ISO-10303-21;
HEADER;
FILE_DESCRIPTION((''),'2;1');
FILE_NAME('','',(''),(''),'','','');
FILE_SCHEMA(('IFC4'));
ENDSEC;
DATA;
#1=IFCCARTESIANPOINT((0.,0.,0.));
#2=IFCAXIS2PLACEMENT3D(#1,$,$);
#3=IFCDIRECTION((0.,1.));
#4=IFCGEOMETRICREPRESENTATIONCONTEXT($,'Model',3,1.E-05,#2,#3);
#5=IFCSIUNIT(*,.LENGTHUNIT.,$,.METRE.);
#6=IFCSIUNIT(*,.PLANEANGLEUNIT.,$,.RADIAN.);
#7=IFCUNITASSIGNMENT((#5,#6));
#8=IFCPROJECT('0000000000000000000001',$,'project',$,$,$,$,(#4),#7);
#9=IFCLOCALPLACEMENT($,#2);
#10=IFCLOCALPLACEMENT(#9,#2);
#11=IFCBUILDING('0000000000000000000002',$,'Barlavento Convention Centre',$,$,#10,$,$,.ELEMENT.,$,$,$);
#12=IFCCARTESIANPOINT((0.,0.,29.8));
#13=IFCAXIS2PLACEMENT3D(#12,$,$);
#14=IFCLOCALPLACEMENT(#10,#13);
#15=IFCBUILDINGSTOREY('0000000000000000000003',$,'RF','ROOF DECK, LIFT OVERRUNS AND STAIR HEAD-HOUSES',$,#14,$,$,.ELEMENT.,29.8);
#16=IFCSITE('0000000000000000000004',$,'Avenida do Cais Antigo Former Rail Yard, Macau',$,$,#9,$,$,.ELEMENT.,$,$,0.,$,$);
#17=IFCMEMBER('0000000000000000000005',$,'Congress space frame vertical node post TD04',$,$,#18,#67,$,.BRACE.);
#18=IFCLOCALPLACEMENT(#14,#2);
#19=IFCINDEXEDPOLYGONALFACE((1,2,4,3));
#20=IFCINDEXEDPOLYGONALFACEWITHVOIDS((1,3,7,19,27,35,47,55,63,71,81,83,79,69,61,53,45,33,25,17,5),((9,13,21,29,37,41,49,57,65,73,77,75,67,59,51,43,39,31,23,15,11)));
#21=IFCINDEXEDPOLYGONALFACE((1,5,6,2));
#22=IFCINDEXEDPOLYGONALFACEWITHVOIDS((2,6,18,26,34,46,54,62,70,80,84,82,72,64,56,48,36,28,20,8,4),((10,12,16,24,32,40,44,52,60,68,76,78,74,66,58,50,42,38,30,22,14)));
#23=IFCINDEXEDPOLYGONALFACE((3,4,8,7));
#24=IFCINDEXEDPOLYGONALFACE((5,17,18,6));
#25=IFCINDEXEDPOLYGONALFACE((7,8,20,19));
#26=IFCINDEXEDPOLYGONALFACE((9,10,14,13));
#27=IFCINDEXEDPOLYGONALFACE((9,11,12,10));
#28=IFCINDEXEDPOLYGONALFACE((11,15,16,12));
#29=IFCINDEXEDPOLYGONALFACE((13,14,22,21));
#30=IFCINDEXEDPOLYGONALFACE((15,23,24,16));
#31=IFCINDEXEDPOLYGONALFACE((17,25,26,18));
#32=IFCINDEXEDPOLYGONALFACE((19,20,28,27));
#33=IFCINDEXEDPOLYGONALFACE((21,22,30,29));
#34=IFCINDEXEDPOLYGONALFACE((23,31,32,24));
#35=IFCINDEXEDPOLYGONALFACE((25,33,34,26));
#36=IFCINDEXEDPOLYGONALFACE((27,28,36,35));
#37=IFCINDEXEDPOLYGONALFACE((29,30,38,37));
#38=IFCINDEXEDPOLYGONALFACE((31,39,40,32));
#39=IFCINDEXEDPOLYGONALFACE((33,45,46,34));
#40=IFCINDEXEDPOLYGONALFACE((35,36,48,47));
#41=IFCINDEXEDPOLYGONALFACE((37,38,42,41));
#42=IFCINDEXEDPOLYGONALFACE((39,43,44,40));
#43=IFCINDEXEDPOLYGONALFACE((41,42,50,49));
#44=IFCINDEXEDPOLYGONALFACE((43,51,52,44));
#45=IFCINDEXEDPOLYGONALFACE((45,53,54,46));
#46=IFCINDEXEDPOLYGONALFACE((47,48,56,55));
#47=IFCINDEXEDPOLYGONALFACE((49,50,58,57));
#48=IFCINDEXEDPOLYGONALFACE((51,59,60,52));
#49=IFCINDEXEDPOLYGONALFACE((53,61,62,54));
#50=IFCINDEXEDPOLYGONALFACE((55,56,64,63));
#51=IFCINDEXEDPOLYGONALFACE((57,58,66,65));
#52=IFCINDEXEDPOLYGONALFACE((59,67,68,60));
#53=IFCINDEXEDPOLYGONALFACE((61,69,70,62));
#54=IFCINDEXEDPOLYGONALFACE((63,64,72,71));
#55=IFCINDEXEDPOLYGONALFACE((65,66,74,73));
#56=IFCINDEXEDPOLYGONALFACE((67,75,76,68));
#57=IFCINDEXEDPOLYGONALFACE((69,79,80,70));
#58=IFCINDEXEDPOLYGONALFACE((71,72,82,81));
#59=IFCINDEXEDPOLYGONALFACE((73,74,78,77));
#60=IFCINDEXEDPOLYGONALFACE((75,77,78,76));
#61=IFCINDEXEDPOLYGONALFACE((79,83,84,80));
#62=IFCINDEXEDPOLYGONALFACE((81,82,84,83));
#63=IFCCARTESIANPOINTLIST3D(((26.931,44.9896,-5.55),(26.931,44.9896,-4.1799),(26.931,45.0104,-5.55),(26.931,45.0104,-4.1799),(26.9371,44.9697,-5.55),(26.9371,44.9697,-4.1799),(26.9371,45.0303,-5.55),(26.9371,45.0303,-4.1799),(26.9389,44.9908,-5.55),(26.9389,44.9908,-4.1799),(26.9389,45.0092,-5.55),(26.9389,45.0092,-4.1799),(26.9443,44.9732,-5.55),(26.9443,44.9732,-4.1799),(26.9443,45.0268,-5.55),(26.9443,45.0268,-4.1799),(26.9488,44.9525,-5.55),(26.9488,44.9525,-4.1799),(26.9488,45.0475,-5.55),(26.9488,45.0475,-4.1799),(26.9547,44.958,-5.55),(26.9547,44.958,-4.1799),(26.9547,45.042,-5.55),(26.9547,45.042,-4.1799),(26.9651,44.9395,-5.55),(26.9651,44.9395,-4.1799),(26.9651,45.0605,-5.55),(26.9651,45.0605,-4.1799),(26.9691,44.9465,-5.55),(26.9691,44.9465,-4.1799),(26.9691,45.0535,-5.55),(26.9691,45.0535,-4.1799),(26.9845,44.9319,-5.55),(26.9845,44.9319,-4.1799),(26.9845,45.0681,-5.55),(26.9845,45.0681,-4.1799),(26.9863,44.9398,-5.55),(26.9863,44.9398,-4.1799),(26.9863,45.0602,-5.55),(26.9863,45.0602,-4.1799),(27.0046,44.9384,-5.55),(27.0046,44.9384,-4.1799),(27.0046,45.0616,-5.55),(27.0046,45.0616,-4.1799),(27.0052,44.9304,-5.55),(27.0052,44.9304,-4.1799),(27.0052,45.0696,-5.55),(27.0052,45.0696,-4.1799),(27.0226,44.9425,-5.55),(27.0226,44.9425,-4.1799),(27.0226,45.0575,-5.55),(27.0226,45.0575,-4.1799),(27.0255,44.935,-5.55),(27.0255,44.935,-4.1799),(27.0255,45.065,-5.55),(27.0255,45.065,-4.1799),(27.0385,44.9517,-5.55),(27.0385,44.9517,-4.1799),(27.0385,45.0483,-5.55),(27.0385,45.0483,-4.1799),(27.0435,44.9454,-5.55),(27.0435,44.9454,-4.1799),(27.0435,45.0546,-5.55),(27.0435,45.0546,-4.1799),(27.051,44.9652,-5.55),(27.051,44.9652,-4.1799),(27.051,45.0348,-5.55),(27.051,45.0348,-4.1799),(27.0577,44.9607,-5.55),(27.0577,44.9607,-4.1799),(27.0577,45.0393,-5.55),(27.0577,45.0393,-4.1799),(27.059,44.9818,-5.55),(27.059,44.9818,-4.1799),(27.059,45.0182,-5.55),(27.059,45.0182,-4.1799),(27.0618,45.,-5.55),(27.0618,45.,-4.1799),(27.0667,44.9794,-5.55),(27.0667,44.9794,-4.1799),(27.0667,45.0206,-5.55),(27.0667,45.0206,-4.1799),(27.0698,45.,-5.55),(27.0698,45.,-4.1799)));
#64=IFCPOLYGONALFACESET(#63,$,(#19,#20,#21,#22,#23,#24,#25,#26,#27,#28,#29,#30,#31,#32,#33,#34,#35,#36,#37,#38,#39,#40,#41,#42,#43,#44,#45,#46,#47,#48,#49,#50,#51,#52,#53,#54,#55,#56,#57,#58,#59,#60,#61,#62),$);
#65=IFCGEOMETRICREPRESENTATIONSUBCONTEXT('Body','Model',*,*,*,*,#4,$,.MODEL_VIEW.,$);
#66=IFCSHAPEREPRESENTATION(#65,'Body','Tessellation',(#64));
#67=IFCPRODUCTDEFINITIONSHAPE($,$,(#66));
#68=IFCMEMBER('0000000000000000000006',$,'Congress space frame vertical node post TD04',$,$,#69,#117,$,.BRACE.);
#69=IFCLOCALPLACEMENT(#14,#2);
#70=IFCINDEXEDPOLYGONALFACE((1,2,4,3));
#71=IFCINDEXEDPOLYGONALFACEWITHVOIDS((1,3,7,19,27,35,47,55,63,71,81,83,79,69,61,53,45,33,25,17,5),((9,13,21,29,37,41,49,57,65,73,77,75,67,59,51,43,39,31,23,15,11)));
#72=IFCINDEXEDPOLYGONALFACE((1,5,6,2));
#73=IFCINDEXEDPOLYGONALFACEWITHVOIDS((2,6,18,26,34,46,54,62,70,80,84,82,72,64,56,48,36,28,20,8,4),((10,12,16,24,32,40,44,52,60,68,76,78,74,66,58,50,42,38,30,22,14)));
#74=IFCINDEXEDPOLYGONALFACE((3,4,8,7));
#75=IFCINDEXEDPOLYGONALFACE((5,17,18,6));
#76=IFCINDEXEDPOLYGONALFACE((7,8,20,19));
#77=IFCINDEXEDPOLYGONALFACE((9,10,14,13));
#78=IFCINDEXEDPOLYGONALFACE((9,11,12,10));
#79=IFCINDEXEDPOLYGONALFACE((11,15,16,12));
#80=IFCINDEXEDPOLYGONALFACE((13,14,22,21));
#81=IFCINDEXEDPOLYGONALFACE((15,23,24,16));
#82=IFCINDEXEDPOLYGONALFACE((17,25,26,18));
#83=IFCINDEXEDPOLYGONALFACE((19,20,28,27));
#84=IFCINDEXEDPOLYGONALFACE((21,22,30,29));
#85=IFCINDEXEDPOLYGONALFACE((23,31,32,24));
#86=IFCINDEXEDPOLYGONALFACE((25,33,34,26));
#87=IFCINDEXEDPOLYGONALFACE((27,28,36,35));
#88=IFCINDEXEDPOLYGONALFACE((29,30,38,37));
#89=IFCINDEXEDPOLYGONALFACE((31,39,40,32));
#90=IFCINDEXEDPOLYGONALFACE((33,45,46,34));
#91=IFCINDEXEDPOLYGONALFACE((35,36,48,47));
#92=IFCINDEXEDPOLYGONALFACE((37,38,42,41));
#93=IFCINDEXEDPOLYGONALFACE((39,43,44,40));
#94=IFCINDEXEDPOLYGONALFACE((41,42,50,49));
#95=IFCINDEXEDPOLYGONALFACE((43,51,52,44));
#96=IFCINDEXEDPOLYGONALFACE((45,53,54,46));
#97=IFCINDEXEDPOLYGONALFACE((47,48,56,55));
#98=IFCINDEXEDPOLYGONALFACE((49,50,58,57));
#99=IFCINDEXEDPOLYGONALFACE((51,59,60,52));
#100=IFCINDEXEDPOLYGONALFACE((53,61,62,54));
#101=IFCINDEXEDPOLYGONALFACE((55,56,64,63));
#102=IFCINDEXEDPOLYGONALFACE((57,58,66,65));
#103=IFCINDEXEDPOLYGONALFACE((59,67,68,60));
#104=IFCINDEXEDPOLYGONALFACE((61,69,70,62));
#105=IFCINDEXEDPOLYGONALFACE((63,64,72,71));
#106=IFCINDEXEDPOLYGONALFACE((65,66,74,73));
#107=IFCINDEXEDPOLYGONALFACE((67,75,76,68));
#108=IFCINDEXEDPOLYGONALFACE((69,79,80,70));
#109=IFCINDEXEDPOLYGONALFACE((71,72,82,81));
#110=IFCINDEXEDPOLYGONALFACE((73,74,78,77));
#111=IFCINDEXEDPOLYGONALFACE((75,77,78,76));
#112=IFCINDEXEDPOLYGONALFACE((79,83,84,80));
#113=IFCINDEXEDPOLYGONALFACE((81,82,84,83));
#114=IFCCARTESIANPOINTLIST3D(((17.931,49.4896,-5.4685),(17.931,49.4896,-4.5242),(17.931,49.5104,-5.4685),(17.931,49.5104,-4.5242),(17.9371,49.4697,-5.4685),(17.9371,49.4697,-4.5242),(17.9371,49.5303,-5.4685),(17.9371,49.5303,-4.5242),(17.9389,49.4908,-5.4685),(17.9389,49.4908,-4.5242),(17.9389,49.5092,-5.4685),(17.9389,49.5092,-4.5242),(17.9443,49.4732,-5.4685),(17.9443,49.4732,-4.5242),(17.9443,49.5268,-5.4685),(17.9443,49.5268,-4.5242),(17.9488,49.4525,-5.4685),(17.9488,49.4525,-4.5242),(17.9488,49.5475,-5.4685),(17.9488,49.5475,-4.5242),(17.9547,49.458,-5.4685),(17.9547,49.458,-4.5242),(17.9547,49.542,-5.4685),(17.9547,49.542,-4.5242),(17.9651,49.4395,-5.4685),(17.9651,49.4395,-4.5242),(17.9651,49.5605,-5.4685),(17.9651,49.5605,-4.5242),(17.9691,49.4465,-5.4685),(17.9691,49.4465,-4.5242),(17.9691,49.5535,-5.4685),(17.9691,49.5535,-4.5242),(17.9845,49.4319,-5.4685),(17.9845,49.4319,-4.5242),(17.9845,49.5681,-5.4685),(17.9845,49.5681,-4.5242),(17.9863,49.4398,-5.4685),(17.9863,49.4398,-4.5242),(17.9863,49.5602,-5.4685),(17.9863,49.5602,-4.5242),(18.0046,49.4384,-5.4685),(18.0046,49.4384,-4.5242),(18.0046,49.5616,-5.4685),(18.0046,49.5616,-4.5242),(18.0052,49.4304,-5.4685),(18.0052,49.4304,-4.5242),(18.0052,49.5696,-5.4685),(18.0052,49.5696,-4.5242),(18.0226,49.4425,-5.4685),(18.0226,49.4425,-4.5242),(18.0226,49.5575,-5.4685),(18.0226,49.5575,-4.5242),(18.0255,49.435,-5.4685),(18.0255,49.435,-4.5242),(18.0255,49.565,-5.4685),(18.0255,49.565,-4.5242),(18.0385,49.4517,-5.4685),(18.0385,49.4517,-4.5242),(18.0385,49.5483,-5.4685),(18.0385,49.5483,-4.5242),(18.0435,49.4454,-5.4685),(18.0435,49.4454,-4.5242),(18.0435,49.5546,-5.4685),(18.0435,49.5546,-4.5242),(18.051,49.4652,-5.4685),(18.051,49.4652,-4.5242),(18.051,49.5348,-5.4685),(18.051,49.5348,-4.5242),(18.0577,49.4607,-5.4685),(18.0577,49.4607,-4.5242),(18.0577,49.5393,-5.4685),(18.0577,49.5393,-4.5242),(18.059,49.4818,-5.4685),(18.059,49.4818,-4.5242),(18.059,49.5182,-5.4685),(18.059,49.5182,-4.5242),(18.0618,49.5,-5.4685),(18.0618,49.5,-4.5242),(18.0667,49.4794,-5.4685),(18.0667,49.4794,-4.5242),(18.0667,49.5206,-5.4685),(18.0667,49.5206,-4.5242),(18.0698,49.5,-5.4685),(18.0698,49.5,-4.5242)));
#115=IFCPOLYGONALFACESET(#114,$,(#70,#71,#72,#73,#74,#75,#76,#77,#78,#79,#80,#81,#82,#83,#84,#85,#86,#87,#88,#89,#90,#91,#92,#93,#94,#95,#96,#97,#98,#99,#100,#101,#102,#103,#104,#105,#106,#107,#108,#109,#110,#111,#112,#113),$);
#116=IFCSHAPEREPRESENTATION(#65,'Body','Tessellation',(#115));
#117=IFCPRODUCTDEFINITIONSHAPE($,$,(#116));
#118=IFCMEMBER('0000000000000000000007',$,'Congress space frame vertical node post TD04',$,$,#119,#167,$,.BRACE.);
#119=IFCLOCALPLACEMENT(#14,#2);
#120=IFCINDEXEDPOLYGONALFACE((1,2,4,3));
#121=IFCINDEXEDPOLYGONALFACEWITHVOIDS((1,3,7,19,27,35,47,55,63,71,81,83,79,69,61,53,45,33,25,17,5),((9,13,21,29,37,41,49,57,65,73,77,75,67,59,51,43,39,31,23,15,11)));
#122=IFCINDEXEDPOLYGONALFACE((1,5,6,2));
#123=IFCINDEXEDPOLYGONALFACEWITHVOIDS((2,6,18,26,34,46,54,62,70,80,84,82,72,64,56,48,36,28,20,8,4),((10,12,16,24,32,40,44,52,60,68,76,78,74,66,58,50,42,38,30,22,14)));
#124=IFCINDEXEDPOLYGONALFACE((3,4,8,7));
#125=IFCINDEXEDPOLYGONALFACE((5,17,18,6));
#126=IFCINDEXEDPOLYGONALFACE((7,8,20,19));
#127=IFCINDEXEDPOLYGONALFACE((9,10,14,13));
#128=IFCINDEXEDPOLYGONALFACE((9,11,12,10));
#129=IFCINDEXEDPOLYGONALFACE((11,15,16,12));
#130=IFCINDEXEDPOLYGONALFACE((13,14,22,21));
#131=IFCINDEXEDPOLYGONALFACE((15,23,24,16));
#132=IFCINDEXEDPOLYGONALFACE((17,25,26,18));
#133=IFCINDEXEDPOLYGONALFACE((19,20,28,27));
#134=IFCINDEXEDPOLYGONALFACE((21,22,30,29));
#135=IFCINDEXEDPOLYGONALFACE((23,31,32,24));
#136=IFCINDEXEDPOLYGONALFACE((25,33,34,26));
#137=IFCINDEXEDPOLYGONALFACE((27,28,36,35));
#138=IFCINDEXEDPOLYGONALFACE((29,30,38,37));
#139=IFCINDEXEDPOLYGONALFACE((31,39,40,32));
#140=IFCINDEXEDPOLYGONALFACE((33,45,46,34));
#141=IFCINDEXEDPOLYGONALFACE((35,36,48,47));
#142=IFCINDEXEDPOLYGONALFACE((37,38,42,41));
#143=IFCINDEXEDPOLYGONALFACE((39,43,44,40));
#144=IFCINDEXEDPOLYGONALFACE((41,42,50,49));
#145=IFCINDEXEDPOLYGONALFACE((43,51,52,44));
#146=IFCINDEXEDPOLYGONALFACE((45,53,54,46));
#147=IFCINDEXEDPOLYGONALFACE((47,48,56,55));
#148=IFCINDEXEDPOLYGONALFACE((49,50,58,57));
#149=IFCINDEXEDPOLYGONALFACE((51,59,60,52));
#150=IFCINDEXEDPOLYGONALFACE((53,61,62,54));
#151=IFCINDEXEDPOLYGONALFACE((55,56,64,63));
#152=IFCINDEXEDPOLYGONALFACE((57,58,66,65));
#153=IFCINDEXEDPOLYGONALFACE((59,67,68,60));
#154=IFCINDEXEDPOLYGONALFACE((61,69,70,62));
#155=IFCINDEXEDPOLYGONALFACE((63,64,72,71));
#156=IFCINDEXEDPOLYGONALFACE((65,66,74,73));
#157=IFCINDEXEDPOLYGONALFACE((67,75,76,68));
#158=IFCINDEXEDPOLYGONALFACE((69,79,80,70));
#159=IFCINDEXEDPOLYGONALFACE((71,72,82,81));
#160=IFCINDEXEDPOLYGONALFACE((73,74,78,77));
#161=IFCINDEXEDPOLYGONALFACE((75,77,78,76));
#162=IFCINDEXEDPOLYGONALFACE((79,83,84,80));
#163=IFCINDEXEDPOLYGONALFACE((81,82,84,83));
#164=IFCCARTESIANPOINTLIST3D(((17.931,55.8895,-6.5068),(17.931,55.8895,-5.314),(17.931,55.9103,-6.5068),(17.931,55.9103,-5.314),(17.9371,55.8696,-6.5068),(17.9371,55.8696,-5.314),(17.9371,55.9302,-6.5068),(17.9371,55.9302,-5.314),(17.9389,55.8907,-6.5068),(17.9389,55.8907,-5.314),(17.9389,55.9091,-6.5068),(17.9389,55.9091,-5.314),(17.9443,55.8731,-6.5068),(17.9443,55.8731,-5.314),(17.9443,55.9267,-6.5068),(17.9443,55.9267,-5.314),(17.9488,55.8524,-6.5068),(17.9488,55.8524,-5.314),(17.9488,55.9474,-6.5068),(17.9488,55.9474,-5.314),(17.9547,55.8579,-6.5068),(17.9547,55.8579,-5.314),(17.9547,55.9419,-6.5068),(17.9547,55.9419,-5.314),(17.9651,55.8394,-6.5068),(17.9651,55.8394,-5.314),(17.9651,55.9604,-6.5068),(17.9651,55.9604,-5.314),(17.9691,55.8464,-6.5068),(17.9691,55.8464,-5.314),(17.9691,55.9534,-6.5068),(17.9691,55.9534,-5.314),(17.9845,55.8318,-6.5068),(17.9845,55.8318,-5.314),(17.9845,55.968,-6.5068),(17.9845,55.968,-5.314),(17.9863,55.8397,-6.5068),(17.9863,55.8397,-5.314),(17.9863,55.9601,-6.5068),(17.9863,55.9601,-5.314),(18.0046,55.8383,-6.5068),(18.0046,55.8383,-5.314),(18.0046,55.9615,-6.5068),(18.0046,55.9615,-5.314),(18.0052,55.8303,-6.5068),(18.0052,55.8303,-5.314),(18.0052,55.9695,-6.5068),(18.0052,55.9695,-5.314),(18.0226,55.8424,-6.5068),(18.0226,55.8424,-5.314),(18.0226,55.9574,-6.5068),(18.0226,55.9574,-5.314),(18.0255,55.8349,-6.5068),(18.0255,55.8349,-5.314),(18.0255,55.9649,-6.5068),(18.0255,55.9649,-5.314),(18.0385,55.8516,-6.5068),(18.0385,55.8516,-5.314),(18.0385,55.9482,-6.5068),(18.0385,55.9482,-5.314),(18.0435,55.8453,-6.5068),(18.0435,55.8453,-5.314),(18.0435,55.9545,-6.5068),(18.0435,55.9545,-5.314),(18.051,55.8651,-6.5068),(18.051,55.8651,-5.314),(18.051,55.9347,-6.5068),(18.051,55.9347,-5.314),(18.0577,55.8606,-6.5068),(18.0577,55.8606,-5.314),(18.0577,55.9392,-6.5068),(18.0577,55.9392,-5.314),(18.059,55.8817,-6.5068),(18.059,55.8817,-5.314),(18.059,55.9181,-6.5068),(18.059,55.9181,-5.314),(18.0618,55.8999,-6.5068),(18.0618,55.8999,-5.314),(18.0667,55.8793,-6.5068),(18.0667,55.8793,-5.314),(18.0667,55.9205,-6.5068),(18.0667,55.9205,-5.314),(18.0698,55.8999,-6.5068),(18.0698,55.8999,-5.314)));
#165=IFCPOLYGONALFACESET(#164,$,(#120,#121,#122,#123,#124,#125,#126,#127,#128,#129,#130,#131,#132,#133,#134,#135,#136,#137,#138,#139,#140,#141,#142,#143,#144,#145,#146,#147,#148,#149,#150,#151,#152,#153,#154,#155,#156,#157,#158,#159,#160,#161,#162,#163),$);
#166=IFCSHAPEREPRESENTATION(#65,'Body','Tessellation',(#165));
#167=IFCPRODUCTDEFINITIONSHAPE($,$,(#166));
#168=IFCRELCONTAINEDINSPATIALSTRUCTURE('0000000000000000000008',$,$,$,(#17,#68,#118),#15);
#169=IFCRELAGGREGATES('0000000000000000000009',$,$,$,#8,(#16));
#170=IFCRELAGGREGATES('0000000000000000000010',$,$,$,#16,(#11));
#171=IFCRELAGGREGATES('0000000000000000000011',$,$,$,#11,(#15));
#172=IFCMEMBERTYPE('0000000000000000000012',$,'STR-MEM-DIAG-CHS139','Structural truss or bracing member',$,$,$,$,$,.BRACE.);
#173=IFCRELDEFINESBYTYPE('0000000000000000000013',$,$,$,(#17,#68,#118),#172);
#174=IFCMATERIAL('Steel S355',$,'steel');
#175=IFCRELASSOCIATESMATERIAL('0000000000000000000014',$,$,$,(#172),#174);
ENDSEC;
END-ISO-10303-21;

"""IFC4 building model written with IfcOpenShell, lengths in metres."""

from ifc_helpers import new_model, si_unit, direction, frame, origin, origin_2d, place, context, subcontext, project, spatial, hollow_circle, extrude, material, material_profile, profile_set, type_object, element, save


model = new_model("IFC4")

# Units and contexts
model_context = context("Model", 3, precision=1e-05, world=origin(), true_north=direction((0.0, 1.0)))
body_context = subcontext(model_context, "Body", "Model", "MODEL_VIEW")
ifc_project = project(units=[si_unit("LENGTHUNIT", "METRE"), si_unit("PLANEANGLEUNIT", "RADIAN")], contexts=[model_context])

# Site, building, storey
site_placement = place(None, origin())
site = spatial("IfcSite", under=ifc_project, at=site_placement, Name="Avenida do Cais Antigo Former Rail Yard, Macau", CompositionType="ELEMENT", RefElevation=0.0)
building_placement = place(site_placement, origin())
building = spatial("IfcBuilding", under=site, at=building_placement, Name="Barlavento Convention Centre", CompositionType="ELEMENT")
storey_placement = place(building_placement, frame((0.0, 0.0, 29.8)))
storey = spatial("IfcBuildingStorey", under=building, at=storey_placement, Name="RF", Description="ROOF DECK, LIFT OVERRUNS AND STAIR HEAD-HOUSES", CompositionType="ELEMENT", Elevation=29.8)

# Shared definitions
ifc_material_1 = material(Name="Steel S355", Category="steel")

# Members
ifc_material_profile_1 = material_profile(ifc_material_1, hollow_circle(Radius=0.0698, WallThickness=0.0081, at=origin_2d()), Name="CHS 139.7x8.0")
ifc_profile_set_1 = profile_set([ifc_material_profile_1], Name="Steel S355")
member_type_1 = type_object("IfcMemberType", Name="STR-MEM-DIAG-CHS139", Description="Structural truss or bracing member", PredefinedType="BRACE", material=ifc_profile_set_1)
for number, where, z_axis, x_axis, name in (
    (1, (27.0, 45.0, -5.55), (0.0, 0.0, 1.0), (1.0, 0.0, 0.0), "Congress space frame vertical node post TD04"),
):
    element("IfcMember", number, at=place(storey_placement, frame(where, z_axis=z_axis, x_axis=x_axis)), inside=storey, type_object=member_type_1, Name=name, PredefinedType="BRACE", context=body_context, shape_type="SweptSolid", body=[
        extrude(hollow_circle(Radius=0.0698, WallThickness=0.0081, at=origin_2d()), origin(), (0.0, 0.0, 1.0), 1.3701),
    ])
member_1_placement = place(storey_placement, frame((18.0, 49.5, -5.4685), z_axis=(0.0, 0.0, 1.0), x_axis=(1.0, 0.0, 0.0)))
element("IfcMember", 2, at=member_1_placement, inside=storey, type_object=member_type_1, Name="Congress space frame vertical node post TD04", PredefinedType="BRACE", context=body_context, shape_type="SweptSolid", body=[
    extrude(hollow_circle(Radius=0.0698, WallThickness=0.0081, at=origin_2d()), origin(), (0.0, 0.0, 1.0), 0.9443),
])
member_2_placement = place(storey_placement, frame((18.0, 55.8999, -6.5068), z_axis=(0.0, 0.0, 1.0), x_axis=(1.0, 0.0, 0.0)))
element("IfcMember", 3, at=member_2_placement, inside=storey, type_object=member_type_1, Name="Congress space frame vertical node post TD04", PredefinedType="BRACE", context=body_context, shape_type="SweptSolid", body=[
    extrude(hollow_circle(Radius=0.0698, WallThickness=0.0081, at=origin_2d()), origin(), (0.0, 0.0, 1.0), 1.1929),
])

save(model, "model.ifc")
